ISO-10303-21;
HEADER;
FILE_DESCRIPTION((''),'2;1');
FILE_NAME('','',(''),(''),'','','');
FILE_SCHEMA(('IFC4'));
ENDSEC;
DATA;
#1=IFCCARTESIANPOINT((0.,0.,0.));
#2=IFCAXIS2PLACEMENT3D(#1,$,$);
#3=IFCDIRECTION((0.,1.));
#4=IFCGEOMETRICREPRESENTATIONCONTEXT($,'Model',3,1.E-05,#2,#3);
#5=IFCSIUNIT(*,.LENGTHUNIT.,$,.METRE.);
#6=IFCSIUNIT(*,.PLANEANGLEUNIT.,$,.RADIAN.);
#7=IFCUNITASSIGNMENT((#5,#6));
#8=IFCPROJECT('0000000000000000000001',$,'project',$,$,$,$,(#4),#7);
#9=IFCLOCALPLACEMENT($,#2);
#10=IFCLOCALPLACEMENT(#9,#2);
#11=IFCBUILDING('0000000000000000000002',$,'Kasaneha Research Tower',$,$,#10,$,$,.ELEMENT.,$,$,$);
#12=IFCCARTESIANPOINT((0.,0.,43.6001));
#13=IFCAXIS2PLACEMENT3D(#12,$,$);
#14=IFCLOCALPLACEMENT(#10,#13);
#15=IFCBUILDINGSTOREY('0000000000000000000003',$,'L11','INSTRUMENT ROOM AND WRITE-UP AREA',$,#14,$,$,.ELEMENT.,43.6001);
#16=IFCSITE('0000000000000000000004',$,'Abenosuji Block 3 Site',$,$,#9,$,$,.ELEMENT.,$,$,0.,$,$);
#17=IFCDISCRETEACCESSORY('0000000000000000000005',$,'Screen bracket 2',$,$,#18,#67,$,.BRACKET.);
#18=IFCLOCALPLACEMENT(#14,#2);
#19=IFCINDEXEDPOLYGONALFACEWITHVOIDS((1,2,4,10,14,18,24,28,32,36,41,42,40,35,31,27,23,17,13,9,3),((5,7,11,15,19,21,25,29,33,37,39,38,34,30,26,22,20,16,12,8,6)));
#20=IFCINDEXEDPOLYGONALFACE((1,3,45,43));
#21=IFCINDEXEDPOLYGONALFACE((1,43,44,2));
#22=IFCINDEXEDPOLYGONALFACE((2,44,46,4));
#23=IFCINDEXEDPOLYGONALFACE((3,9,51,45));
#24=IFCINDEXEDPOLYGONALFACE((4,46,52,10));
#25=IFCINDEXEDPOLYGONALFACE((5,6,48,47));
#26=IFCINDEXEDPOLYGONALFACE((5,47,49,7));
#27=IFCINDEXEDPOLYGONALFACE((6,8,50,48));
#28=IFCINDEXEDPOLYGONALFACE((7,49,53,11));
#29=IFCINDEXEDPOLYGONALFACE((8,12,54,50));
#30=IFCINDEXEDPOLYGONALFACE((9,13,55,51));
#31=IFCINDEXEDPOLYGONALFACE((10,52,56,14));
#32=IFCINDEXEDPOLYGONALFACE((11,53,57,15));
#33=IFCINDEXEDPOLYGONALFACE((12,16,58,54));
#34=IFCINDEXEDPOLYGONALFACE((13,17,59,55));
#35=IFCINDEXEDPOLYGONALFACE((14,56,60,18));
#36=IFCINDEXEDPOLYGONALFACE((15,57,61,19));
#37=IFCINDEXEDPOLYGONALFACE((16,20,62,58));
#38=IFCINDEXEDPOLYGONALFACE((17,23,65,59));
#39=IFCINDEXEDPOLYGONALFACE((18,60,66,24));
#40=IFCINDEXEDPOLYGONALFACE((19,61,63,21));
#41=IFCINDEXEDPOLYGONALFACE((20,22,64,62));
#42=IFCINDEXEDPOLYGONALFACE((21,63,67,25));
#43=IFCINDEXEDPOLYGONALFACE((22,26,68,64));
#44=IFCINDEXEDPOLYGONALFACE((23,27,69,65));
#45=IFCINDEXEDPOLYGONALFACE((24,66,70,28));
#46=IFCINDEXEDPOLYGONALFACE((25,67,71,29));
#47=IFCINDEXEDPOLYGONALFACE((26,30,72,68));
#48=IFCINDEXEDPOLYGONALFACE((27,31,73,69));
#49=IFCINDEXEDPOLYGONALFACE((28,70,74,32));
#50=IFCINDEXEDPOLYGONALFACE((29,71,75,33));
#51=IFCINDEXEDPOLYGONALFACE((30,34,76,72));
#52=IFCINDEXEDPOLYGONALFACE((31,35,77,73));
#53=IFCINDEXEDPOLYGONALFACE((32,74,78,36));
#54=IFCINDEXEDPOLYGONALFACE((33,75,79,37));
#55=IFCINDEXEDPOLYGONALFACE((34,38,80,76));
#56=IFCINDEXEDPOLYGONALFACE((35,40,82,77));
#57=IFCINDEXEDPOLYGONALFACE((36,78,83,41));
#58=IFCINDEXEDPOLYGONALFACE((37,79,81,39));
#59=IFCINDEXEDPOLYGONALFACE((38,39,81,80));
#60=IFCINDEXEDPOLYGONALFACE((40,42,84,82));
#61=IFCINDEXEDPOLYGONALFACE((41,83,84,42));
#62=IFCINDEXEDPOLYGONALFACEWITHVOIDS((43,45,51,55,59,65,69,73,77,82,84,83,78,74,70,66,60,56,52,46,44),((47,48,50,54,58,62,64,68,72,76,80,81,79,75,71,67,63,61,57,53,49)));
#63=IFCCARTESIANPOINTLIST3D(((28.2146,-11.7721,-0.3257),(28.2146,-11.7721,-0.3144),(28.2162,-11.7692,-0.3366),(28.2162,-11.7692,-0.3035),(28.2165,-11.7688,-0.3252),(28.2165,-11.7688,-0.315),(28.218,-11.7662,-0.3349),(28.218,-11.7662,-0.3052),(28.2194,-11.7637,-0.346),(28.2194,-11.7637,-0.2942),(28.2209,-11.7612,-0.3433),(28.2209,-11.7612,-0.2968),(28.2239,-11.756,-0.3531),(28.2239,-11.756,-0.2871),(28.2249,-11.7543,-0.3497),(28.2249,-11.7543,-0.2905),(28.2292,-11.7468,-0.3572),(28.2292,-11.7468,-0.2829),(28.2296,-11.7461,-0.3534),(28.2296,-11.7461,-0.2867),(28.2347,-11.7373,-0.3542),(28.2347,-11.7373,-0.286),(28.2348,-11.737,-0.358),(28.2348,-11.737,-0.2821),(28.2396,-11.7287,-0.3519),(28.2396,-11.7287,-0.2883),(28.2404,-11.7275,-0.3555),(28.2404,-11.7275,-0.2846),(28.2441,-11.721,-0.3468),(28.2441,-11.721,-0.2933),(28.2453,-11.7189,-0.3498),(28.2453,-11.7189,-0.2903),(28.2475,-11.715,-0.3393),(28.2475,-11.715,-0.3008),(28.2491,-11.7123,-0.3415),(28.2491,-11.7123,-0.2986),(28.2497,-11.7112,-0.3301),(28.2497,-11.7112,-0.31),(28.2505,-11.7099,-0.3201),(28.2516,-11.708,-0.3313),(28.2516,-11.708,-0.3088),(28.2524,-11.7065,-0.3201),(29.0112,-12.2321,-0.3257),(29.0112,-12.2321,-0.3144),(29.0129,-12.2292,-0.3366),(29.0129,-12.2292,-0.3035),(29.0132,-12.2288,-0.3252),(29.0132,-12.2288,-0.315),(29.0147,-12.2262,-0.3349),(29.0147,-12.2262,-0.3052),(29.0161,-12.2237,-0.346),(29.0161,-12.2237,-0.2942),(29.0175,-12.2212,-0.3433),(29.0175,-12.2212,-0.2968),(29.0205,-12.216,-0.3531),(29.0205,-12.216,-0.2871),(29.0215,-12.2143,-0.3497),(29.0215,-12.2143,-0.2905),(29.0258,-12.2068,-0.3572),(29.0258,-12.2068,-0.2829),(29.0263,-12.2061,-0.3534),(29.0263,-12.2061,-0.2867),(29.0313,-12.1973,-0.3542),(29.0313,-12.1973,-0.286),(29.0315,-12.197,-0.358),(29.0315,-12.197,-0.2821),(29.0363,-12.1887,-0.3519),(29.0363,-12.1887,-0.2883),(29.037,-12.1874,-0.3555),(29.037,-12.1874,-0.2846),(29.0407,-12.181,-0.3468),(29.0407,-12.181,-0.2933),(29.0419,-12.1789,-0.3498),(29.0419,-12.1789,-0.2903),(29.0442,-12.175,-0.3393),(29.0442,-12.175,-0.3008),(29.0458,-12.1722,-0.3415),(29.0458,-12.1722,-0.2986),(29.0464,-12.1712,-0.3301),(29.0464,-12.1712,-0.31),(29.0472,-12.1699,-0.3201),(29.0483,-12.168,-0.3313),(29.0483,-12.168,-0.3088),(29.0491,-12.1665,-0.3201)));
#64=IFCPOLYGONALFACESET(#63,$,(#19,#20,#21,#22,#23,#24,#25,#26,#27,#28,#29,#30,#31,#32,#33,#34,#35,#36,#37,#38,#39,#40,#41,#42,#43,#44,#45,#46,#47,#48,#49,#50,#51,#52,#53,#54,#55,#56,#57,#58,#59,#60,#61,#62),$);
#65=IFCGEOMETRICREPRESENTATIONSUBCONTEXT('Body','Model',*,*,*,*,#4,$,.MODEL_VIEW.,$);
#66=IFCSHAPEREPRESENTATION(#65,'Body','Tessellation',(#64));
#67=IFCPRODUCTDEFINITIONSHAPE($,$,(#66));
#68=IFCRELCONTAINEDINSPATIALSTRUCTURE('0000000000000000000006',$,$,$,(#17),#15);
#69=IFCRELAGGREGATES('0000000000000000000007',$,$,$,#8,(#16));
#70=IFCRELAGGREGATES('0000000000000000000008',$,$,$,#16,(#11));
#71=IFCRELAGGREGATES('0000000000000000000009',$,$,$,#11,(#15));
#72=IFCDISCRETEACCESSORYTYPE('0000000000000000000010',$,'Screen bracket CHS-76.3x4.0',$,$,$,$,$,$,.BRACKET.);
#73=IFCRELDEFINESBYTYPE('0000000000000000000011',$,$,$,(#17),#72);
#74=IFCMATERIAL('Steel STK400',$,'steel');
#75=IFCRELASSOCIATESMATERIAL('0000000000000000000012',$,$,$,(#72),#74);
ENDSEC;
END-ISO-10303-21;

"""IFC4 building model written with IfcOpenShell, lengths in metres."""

from ifc_helpers import new_model, si_unit, direction, frame, origin, origin_2d, place, context, subcontext, project, spatial, hollow_circle, extrude, material, material_profile, profile_set, type_object, element, save


model = new_model("IFC4")

# Units and contexts
model_context = context("Model", 3, precision=1e-05, world=origin(), true_north=direction((0.0, 1.0)))
body_context = subcontext(model_context, "Body", "Model", "MODEL_VIEW")
ifc_project = project(units=[si_unit("LENGTHUNIT", "METRE"), si_unit("PLANEANGLEUNIT", "RADIAN")], contexts=[model_context])

# Site, building, storey
site_placement = place(None, origin())
site = spatial("IfcSite", under=ifc_project, at=site_placement, Name="Abenosuji Block 3 Site", CompositionType="ELEMENT", RefElevation=0.0)
building_placement = place(site_placement, origin())
building = spatial("IfcBuilding", under=site, at=building_placement, Name="Kasaneha Research Tower", CompositionType="ELEMENT")
storey_placement = place(building_placement, frame((0.0, 0.0, 43.6001)))
storey = spatial("IfcBuildingStorey", under=building, at=storey_placement, Name="L11", Description="INSTRUMENT ROOM AND WRITE-UP AREA", CompositionType="ELEMENT", Elevation=43.6001)

# Discrete accessory
ifc_material_1 = material(Name="Steel STK400", Category="steel")
ifc_material_profile_1 = material_profile(ifc_material_1, hollow_circle(Radius=0.0381, WallThickness=0.0039, at=origin_2d()), Name="CHS-76.3x4.0")
ifc_profile_set_1 = profile_set([ifc_material_profile_1], Name="Steel STK400")
discrete_accessory_type = type_object("IfcDiscreteAccessoryType", Name="Screen bracket CHS-76.3x4.0", PredefinedType="BRACKET", material=ifc_profile_set_1)
for number, where, z_axis, x_axis, name in (
    (1, (28.2334, -11.7395, -0.3201), (0.866013, -0.500021, 0.0), (0.500021, 0.866013, 0.0), "Screen bracket 2"),
):
    element("IfcDiscreteAccessory", number, at=place(storey_placement, frame(where, z_axis=z_axis, x_axis=x_axis)), inside=storey, type_object=discrete_accessory_type, Name=name, PredefinedType="BRACKET", context=body_context, shape_type="SweptSolid", body=[
        extrude(hollow_circle(Radius=0.0381, WallThickness=0.0039, at=origin_2d()), origin(), (0.0, 0.0, 1.0), 0.9199),
    ])

save(model, "model.ifc")
